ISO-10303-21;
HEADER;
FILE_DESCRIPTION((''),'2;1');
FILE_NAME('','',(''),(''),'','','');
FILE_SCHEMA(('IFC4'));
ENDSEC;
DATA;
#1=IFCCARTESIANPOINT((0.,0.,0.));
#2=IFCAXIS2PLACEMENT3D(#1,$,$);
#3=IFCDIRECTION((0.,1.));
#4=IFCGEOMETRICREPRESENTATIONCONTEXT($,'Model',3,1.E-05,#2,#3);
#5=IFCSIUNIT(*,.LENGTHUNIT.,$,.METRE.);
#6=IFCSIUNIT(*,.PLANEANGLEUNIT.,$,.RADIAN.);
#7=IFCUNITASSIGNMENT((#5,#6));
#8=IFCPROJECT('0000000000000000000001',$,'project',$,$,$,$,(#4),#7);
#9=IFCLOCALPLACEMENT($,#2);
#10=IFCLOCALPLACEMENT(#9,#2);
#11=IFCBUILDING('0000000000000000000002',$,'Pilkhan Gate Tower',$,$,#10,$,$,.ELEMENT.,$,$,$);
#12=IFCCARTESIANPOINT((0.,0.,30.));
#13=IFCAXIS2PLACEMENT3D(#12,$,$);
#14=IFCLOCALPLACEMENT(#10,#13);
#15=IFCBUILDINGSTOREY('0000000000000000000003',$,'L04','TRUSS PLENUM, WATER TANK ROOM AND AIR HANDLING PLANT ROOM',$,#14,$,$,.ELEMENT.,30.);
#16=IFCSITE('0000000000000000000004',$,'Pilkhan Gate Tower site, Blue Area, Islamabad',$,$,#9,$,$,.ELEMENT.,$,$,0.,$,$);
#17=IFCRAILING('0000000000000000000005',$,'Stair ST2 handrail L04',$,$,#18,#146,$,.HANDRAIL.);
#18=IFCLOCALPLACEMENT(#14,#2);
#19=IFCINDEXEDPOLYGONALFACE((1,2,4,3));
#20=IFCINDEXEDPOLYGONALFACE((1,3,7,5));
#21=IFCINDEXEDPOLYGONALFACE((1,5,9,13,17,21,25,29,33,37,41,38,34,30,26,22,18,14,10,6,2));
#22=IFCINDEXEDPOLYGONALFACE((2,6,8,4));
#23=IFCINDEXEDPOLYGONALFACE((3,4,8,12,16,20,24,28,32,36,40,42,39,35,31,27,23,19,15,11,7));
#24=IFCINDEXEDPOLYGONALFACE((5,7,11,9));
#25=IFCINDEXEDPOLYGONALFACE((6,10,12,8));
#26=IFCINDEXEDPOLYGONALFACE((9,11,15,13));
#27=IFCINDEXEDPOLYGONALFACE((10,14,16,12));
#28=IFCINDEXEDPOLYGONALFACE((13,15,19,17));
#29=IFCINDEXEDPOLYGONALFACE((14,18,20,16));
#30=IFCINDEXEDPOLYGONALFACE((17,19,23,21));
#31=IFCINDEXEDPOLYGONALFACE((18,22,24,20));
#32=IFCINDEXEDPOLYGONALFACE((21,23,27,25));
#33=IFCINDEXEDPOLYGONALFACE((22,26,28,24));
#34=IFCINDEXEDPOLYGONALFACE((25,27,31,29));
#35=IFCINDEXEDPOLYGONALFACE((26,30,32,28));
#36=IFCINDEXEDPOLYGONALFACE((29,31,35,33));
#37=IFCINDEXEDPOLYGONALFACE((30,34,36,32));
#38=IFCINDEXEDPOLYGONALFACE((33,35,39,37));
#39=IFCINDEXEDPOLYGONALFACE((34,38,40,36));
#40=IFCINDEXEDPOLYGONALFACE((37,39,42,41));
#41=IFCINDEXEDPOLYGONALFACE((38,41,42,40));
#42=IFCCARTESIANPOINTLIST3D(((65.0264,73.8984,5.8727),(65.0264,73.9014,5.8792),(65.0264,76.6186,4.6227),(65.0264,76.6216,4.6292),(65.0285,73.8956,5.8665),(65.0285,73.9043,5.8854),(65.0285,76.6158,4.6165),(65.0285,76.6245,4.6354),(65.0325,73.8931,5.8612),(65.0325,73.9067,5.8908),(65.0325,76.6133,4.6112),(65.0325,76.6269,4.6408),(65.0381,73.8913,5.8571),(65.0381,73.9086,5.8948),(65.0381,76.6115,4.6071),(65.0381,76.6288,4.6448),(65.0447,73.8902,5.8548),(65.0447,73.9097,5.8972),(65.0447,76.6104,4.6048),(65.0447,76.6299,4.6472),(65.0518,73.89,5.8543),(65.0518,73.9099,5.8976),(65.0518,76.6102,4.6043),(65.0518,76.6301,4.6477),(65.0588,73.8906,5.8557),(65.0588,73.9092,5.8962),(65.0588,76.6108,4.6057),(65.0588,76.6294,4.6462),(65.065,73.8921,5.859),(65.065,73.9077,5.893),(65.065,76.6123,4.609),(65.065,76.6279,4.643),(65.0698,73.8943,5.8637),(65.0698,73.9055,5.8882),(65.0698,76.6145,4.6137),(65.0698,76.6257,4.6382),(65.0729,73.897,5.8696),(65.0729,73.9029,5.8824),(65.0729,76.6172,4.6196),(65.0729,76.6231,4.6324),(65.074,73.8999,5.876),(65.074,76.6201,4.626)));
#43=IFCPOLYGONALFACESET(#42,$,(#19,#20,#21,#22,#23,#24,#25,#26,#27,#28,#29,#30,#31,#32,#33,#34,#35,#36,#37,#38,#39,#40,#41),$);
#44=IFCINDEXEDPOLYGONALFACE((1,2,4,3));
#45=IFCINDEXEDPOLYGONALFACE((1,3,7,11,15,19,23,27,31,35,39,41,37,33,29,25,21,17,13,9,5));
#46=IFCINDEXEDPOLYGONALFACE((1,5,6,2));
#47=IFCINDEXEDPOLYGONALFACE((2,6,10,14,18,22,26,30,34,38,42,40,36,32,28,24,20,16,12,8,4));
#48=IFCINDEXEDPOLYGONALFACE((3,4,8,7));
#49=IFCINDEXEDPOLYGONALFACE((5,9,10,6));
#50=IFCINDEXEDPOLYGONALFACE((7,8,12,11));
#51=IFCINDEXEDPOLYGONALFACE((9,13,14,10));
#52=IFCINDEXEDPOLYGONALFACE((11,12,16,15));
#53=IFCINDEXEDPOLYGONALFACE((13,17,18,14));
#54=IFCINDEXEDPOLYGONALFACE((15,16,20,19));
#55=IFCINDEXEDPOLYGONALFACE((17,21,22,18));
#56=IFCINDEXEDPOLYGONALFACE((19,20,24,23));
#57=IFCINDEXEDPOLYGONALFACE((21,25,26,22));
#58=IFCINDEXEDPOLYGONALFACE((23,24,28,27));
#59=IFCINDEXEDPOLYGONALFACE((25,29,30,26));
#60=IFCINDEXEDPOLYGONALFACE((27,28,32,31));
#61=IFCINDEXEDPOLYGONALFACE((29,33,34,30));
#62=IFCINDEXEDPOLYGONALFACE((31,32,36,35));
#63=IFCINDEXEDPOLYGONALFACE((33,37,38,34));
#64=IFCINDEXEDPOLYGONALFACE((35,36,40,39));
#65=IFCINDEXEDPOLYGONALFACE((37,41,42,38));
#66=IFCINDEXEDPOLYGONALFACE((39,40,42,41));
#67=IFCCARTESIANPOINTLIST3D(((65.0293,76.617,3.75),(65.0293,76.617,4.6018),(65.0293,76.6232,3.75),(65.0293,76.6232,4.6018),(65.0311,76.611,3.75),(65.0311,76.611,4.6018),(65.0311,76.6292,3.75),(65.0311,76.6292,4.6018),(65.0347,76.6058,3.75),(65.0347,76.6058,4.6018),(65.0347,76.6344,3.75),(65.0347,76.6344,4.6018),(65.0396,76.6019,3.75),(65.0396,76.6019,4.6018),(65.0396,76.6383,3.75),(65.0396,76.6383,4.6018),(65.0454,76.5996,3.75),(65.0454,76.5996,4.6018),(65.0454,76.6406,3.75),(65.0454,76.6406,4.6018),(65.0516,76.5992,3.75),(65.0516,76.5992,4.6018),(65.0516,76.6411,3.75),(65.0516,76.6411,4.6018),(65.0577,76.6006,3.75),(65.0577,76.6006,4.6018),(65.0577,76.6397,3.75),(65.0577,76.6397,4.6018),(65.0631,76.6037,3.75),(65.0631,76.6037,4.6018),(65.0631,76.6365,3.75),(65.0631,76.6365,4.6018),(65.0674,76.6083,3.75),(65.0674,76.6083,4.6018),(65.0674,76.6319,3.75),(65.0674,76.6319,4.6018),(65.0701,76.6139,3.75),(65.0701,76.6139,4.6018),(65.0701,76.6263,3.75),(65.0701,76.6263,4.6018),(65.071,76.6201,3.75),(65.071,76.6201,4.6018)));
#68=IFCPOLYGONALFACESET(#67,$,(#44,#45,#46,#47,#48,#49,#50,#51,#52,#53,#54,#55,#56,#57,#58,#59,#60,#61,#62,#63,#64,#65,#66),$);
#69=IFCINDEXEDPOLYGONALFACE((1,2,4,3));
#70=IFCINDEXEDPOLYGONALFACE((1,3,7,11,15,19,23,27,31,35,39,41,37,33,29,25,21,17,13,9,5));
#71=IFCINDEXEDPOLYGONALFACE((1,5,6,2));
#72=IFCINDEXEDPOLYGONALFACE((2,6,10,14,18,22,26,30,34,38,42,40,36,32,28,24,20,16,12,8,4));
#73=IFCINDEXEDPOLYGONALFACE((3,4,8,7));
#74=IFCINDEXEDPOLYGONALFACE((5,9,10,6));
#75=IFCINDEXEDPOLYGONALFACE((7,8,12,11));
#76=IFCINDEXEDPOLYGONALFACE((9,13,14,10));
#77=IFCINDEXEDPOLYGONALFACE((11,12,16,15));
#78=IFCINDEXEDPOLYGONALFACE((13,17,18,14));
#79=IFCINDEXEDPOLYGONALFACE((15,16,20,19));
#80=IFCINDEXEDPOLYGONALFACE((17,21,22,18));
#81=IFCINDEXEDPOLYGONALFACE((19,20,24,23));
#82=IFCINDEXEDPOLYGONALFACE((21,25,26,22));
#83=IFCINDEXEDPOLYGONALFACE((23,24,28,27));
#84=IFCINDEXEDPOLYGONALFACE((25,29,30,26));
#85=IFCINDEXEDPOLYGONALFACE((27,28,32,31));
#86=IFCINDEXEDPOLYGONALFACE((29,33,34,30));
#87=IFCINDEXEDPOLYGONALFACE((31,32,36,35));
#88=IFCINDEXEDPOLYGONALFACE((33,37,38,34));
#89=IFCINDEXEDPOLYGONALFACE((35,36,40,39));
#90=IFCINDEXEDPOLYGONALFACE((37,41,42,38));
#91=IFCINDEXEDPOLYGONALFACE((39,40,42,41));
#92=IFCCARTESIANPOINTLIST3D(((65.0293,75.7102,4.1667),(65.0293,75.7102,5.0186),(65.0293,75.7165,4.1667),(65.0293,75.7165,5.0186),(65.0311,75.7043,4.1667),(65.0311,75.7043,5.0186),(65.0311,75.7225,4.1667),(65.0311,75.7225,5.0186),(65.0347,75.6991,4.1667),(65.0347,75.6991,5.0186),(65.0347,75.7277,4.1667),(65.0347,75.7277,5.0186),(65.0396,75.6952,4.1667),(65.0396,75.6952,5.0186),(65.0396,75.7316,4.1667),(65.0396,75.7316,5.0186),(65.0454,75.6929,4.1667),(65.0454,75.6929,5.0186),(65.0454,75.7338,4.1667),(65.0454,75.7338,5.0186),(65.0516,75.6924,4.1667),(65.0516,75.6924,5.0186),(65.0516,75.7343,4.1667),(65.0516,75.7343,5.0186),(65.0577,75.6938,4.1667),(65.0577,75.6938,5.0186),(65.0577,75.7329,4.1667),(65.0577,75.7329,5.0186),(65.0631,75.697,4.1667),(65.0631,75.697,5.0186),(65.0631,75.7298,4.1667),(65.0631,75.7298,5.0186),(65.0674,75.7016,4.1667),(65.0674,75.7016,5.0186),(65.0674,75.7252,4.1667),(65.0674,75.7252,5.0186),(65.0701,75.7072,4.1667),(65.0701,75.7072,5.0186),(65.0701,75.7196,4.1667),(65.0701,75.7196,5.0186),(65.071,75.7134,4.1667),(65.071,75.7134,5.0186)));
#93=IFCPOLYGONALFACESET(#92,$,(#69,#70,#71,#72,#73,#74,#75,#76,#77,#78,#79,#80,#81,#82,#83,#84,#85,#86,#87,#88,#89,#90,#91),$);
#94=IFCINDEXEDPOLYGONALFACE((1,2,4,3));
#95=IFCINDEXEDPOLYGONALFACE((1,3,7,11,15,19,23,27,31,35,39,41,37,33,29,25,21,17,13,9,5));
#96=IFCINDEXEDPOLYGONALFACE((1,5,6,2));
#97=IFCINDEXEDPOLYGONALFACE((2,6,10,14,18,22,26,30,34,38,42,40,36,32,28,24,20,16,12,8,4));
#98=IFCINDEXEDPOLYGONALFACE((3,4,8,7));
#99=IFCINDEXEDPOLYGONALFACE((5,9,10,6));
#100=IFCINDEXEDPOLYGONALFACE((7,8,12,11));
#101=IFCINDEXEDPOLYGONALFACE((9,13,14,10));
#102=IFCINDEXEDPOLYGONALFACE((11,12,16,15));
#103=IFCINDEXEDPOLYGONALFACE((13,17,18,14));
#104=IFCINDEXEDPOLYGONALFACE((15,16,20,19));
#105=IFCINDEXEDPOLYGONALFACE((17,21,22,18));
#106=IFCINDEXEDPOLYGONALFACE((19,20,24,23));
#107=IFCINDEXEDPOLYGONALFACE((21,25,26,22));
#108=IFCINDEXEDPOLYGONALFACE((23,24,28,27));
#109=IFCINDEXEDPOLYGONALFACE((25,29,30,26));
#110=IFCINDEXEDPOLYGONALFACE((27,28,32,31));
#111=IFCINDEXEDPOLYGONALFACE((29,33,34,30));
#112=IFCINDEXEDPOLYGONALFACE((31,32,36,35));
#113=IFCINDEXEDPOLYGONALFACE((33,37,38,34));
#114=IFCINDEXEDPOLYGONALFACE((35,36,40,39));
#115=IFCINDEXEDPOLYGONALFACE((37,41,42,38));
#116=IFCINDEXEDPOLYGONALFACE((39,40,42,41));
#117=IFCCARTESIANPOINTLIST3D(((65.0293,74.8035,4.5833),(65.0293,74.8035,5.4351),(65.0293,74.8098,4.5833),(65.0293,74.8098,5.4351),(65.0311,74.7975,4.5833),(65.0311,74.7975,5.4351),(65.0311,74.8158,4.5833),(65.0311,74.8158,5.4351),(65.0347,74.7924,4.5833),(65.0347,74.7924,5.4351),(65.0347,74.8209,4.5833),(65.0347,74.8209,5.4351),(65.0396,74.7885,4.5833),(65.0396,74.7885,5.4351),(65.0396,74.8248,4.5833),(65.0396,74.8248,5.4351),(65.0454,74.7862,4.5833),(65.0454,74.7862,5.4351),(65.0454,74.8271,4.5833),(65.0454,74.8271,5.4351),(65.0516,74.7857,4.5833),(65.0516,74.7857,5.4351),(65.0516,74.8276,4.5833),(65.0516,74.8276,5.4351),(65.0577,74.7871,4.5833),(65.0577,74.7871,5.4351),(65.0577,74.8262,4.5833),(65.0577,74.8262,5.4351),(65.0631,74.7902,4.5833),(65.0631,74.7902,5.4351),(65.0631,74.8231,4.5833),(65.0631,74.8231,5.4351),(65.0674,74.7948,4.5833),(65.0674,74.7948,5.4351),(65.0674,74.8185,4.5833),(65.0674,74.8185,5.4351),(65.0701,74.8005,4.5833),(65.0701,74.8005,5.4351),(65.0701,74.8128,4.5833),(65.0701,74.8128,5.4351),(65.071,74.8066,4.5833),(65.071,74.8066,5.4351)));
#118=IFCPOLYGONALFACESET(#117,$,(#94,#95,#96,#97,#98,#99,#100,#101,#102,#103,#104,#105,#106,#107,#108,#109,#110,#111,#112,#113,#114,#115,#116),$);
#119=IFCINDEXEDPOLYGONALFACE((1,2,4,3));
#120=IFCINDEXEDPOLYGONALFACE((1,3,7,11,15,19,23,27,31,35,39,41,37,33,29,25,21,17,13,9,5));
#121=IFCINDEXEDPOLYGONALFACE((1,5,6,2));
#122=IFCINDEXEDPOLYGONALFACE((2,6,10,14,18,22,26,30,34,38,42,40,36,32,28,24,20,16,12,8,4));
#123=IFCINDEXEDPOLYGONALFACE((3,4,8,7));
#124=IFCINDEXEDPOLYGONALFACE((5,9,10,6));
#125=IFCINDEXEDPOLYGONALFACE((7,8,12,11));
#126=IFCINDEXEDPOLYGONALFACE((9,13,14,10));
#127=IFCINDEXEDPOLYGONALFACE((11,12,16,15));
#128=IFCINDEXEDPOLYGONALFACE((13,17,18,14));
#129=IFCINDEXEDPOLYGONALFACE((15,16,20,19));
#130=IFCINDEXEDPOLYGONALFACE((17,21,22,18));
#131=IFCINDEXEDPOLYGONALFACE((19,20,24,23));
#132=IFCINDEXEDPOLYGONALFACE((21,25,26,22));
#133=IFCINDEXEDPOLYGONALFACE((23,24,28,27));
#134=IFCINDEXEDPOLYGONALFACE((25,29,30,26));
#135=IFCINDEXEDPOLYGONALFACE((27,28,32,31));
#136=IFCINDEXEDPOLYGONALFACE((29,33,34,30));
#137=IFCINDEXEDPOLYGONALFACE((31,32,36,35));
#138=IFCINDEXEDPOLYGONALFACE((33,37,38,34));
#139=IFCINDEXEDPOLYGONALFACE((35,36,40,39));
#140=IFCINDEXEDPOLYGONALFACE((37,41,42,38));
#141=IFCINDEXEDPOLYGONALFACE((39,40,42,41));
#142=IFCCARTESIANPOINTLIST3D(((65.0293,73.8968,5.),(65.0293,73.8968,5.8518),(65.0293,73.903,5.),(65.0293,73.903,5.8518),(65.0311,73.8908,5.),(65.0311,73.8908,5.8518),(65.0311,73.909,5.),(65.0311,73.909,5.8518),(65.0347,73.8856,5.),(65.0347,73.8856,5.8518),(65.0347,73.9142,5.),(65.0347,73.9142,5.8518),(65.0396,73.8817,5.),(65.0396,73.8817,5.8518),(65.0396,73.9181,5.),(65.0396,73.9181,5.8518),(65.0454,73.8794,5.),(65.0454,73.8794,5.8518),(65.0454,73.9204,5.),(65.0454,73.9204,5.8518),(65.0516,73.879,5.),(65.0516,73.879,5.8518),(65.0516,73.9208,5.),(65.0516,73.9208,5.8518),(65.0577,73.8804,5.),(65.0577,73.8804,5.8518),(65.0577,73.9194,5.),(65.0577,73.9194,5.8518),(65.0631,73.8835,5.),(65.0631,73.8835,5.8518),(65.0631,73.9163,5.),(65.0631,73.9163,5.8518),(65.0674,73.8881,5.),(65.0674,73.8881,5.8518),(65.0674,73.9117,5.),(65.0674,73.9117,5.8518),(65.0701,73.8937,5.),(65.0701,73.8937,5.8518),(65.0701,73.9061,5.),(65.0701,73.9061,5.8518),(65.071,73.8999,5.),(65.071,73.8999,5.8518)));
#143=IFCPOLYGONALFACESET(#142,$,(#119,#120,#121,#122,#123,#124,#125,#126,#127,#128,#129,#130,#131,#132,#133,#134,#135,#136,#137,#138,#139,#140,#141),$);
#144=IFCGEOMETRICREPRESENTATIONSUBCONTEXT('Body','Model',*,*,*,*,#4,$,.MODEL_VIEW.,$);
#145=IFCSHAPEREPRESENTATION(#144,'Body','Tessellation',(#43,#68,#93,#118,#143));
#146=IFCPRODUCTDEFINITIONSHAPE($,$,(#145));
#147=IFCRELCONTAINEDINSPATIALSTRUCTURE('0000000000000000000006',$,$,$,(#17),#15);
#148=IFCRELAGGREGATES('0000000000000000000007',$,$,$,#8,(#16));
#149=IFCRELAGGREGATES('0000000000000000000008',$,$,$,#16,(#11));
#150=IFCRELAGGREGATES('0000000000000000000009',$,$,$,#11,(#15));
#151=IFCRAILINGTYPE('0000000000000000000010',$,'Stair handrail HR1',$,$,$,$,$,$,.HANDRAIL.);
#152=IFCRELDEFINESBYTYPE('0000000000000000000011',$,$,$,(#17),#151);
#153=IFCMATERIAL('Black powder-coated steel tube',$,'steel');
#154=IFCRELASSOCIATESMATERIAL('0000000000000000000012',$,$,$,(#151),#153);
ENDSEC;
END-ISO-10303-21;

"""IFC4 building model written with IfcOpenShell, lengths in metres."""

from ifc_helpers import new_model, si_unit, direction, frame, origin, origin_2d, place, context, subcontext, project, spatial, circle, extrude, material, type_object, element, save


model = new_model("IFC4")

# Units and contexts
model_context = context("Model", 3, precision=1e-05, world=origin(), true_north=direction((0.0, 1.0)))
body_context = subcontext(model_context, "Body", "Model", "MODEL_VIEW")
ifc_project = project(units=[si_unit("LENGTHUNIT", "METRE"), si_unit("PLANEANGLEUNIT", "RADIAN")], contexts=[model_context])

# Site, building, storey
site_placement = place(None, origin())
site = spatial("IfcSite", under=ifc_project, at=site_placement, Name="Pilkhan Gate Tower site, Blue Area, Islamabad", CompositionType="ELEMENT", RefElevation=0.0)
building_placement = place(site_placement, origin())
building = spatial("IfcBuilding", under=site, at=building_placement, Name="Pilkhan Gate Tower", CompositionType="ELEMENT")
storey_placement = place(building_placement, frame((0.0, 0.0, 30.0)))
storey = spatial("IfcBuildingStorey", under=building, at=storey_placement, Name="L04", Description="TRUSS PLENUM, WATER TANK ROOM AND AIR HANDLING PLANT ROOM", CompositionType="ELEMENT", Elevation=30.0)

# Railing
ifc_material_1 = material(Name="Black powder-coated steel tube", Category="steel")
railing_type_1 = type_object("IfcRailingType", Name="Stair handrail HR1", PredefinedType="HANDRAIL", material=ifc_material_1)
railing_1_placement = place(storey_placement, frame((65.05, 76.6201, 3.75)))
element("IfcRailing", 1, at=railing_1_placement, inside=storey, type_object=railing_type_1, Name="Stair ST2 handrail L04", PredefinedType="HANDRAIL", context=body_context, shape_type="SweptSolid", body=[
    extrude(circle(Radius=0.0239, at=origin_2d()), frame((0.0, 0.0, 0.876), z_axis=(0.0, -0.908655, 0.417547), x_axis=(1.0, 0.0, 0.0)), (0.0, 0.0, 1.0), 2.9937),
    extrude(circle(Radius=0.021, at=origin_2d()), origin(), (0.0, 0.0, 1.0), 0.8518),
    extrude(circle(Radius=0.021, at=origin_2d()), frame((0.0, -0.9067, 0.4167)), (0.0, 0.0, 1.0), 0.8518),
    extrude(circle(Radius=0.021, at=origin_2d()), frame((0.0, -1.8135, 0.8333)), (0.0, 0.0, 1.0), 0.8518),
    extrude(circle(Radius=0.021, at=origin_2d()), frame((0.0, -2.7202, 1.25)), (0.0, 0.0, 1.0), 0.8518),
])

save(model, "model.ifc")
